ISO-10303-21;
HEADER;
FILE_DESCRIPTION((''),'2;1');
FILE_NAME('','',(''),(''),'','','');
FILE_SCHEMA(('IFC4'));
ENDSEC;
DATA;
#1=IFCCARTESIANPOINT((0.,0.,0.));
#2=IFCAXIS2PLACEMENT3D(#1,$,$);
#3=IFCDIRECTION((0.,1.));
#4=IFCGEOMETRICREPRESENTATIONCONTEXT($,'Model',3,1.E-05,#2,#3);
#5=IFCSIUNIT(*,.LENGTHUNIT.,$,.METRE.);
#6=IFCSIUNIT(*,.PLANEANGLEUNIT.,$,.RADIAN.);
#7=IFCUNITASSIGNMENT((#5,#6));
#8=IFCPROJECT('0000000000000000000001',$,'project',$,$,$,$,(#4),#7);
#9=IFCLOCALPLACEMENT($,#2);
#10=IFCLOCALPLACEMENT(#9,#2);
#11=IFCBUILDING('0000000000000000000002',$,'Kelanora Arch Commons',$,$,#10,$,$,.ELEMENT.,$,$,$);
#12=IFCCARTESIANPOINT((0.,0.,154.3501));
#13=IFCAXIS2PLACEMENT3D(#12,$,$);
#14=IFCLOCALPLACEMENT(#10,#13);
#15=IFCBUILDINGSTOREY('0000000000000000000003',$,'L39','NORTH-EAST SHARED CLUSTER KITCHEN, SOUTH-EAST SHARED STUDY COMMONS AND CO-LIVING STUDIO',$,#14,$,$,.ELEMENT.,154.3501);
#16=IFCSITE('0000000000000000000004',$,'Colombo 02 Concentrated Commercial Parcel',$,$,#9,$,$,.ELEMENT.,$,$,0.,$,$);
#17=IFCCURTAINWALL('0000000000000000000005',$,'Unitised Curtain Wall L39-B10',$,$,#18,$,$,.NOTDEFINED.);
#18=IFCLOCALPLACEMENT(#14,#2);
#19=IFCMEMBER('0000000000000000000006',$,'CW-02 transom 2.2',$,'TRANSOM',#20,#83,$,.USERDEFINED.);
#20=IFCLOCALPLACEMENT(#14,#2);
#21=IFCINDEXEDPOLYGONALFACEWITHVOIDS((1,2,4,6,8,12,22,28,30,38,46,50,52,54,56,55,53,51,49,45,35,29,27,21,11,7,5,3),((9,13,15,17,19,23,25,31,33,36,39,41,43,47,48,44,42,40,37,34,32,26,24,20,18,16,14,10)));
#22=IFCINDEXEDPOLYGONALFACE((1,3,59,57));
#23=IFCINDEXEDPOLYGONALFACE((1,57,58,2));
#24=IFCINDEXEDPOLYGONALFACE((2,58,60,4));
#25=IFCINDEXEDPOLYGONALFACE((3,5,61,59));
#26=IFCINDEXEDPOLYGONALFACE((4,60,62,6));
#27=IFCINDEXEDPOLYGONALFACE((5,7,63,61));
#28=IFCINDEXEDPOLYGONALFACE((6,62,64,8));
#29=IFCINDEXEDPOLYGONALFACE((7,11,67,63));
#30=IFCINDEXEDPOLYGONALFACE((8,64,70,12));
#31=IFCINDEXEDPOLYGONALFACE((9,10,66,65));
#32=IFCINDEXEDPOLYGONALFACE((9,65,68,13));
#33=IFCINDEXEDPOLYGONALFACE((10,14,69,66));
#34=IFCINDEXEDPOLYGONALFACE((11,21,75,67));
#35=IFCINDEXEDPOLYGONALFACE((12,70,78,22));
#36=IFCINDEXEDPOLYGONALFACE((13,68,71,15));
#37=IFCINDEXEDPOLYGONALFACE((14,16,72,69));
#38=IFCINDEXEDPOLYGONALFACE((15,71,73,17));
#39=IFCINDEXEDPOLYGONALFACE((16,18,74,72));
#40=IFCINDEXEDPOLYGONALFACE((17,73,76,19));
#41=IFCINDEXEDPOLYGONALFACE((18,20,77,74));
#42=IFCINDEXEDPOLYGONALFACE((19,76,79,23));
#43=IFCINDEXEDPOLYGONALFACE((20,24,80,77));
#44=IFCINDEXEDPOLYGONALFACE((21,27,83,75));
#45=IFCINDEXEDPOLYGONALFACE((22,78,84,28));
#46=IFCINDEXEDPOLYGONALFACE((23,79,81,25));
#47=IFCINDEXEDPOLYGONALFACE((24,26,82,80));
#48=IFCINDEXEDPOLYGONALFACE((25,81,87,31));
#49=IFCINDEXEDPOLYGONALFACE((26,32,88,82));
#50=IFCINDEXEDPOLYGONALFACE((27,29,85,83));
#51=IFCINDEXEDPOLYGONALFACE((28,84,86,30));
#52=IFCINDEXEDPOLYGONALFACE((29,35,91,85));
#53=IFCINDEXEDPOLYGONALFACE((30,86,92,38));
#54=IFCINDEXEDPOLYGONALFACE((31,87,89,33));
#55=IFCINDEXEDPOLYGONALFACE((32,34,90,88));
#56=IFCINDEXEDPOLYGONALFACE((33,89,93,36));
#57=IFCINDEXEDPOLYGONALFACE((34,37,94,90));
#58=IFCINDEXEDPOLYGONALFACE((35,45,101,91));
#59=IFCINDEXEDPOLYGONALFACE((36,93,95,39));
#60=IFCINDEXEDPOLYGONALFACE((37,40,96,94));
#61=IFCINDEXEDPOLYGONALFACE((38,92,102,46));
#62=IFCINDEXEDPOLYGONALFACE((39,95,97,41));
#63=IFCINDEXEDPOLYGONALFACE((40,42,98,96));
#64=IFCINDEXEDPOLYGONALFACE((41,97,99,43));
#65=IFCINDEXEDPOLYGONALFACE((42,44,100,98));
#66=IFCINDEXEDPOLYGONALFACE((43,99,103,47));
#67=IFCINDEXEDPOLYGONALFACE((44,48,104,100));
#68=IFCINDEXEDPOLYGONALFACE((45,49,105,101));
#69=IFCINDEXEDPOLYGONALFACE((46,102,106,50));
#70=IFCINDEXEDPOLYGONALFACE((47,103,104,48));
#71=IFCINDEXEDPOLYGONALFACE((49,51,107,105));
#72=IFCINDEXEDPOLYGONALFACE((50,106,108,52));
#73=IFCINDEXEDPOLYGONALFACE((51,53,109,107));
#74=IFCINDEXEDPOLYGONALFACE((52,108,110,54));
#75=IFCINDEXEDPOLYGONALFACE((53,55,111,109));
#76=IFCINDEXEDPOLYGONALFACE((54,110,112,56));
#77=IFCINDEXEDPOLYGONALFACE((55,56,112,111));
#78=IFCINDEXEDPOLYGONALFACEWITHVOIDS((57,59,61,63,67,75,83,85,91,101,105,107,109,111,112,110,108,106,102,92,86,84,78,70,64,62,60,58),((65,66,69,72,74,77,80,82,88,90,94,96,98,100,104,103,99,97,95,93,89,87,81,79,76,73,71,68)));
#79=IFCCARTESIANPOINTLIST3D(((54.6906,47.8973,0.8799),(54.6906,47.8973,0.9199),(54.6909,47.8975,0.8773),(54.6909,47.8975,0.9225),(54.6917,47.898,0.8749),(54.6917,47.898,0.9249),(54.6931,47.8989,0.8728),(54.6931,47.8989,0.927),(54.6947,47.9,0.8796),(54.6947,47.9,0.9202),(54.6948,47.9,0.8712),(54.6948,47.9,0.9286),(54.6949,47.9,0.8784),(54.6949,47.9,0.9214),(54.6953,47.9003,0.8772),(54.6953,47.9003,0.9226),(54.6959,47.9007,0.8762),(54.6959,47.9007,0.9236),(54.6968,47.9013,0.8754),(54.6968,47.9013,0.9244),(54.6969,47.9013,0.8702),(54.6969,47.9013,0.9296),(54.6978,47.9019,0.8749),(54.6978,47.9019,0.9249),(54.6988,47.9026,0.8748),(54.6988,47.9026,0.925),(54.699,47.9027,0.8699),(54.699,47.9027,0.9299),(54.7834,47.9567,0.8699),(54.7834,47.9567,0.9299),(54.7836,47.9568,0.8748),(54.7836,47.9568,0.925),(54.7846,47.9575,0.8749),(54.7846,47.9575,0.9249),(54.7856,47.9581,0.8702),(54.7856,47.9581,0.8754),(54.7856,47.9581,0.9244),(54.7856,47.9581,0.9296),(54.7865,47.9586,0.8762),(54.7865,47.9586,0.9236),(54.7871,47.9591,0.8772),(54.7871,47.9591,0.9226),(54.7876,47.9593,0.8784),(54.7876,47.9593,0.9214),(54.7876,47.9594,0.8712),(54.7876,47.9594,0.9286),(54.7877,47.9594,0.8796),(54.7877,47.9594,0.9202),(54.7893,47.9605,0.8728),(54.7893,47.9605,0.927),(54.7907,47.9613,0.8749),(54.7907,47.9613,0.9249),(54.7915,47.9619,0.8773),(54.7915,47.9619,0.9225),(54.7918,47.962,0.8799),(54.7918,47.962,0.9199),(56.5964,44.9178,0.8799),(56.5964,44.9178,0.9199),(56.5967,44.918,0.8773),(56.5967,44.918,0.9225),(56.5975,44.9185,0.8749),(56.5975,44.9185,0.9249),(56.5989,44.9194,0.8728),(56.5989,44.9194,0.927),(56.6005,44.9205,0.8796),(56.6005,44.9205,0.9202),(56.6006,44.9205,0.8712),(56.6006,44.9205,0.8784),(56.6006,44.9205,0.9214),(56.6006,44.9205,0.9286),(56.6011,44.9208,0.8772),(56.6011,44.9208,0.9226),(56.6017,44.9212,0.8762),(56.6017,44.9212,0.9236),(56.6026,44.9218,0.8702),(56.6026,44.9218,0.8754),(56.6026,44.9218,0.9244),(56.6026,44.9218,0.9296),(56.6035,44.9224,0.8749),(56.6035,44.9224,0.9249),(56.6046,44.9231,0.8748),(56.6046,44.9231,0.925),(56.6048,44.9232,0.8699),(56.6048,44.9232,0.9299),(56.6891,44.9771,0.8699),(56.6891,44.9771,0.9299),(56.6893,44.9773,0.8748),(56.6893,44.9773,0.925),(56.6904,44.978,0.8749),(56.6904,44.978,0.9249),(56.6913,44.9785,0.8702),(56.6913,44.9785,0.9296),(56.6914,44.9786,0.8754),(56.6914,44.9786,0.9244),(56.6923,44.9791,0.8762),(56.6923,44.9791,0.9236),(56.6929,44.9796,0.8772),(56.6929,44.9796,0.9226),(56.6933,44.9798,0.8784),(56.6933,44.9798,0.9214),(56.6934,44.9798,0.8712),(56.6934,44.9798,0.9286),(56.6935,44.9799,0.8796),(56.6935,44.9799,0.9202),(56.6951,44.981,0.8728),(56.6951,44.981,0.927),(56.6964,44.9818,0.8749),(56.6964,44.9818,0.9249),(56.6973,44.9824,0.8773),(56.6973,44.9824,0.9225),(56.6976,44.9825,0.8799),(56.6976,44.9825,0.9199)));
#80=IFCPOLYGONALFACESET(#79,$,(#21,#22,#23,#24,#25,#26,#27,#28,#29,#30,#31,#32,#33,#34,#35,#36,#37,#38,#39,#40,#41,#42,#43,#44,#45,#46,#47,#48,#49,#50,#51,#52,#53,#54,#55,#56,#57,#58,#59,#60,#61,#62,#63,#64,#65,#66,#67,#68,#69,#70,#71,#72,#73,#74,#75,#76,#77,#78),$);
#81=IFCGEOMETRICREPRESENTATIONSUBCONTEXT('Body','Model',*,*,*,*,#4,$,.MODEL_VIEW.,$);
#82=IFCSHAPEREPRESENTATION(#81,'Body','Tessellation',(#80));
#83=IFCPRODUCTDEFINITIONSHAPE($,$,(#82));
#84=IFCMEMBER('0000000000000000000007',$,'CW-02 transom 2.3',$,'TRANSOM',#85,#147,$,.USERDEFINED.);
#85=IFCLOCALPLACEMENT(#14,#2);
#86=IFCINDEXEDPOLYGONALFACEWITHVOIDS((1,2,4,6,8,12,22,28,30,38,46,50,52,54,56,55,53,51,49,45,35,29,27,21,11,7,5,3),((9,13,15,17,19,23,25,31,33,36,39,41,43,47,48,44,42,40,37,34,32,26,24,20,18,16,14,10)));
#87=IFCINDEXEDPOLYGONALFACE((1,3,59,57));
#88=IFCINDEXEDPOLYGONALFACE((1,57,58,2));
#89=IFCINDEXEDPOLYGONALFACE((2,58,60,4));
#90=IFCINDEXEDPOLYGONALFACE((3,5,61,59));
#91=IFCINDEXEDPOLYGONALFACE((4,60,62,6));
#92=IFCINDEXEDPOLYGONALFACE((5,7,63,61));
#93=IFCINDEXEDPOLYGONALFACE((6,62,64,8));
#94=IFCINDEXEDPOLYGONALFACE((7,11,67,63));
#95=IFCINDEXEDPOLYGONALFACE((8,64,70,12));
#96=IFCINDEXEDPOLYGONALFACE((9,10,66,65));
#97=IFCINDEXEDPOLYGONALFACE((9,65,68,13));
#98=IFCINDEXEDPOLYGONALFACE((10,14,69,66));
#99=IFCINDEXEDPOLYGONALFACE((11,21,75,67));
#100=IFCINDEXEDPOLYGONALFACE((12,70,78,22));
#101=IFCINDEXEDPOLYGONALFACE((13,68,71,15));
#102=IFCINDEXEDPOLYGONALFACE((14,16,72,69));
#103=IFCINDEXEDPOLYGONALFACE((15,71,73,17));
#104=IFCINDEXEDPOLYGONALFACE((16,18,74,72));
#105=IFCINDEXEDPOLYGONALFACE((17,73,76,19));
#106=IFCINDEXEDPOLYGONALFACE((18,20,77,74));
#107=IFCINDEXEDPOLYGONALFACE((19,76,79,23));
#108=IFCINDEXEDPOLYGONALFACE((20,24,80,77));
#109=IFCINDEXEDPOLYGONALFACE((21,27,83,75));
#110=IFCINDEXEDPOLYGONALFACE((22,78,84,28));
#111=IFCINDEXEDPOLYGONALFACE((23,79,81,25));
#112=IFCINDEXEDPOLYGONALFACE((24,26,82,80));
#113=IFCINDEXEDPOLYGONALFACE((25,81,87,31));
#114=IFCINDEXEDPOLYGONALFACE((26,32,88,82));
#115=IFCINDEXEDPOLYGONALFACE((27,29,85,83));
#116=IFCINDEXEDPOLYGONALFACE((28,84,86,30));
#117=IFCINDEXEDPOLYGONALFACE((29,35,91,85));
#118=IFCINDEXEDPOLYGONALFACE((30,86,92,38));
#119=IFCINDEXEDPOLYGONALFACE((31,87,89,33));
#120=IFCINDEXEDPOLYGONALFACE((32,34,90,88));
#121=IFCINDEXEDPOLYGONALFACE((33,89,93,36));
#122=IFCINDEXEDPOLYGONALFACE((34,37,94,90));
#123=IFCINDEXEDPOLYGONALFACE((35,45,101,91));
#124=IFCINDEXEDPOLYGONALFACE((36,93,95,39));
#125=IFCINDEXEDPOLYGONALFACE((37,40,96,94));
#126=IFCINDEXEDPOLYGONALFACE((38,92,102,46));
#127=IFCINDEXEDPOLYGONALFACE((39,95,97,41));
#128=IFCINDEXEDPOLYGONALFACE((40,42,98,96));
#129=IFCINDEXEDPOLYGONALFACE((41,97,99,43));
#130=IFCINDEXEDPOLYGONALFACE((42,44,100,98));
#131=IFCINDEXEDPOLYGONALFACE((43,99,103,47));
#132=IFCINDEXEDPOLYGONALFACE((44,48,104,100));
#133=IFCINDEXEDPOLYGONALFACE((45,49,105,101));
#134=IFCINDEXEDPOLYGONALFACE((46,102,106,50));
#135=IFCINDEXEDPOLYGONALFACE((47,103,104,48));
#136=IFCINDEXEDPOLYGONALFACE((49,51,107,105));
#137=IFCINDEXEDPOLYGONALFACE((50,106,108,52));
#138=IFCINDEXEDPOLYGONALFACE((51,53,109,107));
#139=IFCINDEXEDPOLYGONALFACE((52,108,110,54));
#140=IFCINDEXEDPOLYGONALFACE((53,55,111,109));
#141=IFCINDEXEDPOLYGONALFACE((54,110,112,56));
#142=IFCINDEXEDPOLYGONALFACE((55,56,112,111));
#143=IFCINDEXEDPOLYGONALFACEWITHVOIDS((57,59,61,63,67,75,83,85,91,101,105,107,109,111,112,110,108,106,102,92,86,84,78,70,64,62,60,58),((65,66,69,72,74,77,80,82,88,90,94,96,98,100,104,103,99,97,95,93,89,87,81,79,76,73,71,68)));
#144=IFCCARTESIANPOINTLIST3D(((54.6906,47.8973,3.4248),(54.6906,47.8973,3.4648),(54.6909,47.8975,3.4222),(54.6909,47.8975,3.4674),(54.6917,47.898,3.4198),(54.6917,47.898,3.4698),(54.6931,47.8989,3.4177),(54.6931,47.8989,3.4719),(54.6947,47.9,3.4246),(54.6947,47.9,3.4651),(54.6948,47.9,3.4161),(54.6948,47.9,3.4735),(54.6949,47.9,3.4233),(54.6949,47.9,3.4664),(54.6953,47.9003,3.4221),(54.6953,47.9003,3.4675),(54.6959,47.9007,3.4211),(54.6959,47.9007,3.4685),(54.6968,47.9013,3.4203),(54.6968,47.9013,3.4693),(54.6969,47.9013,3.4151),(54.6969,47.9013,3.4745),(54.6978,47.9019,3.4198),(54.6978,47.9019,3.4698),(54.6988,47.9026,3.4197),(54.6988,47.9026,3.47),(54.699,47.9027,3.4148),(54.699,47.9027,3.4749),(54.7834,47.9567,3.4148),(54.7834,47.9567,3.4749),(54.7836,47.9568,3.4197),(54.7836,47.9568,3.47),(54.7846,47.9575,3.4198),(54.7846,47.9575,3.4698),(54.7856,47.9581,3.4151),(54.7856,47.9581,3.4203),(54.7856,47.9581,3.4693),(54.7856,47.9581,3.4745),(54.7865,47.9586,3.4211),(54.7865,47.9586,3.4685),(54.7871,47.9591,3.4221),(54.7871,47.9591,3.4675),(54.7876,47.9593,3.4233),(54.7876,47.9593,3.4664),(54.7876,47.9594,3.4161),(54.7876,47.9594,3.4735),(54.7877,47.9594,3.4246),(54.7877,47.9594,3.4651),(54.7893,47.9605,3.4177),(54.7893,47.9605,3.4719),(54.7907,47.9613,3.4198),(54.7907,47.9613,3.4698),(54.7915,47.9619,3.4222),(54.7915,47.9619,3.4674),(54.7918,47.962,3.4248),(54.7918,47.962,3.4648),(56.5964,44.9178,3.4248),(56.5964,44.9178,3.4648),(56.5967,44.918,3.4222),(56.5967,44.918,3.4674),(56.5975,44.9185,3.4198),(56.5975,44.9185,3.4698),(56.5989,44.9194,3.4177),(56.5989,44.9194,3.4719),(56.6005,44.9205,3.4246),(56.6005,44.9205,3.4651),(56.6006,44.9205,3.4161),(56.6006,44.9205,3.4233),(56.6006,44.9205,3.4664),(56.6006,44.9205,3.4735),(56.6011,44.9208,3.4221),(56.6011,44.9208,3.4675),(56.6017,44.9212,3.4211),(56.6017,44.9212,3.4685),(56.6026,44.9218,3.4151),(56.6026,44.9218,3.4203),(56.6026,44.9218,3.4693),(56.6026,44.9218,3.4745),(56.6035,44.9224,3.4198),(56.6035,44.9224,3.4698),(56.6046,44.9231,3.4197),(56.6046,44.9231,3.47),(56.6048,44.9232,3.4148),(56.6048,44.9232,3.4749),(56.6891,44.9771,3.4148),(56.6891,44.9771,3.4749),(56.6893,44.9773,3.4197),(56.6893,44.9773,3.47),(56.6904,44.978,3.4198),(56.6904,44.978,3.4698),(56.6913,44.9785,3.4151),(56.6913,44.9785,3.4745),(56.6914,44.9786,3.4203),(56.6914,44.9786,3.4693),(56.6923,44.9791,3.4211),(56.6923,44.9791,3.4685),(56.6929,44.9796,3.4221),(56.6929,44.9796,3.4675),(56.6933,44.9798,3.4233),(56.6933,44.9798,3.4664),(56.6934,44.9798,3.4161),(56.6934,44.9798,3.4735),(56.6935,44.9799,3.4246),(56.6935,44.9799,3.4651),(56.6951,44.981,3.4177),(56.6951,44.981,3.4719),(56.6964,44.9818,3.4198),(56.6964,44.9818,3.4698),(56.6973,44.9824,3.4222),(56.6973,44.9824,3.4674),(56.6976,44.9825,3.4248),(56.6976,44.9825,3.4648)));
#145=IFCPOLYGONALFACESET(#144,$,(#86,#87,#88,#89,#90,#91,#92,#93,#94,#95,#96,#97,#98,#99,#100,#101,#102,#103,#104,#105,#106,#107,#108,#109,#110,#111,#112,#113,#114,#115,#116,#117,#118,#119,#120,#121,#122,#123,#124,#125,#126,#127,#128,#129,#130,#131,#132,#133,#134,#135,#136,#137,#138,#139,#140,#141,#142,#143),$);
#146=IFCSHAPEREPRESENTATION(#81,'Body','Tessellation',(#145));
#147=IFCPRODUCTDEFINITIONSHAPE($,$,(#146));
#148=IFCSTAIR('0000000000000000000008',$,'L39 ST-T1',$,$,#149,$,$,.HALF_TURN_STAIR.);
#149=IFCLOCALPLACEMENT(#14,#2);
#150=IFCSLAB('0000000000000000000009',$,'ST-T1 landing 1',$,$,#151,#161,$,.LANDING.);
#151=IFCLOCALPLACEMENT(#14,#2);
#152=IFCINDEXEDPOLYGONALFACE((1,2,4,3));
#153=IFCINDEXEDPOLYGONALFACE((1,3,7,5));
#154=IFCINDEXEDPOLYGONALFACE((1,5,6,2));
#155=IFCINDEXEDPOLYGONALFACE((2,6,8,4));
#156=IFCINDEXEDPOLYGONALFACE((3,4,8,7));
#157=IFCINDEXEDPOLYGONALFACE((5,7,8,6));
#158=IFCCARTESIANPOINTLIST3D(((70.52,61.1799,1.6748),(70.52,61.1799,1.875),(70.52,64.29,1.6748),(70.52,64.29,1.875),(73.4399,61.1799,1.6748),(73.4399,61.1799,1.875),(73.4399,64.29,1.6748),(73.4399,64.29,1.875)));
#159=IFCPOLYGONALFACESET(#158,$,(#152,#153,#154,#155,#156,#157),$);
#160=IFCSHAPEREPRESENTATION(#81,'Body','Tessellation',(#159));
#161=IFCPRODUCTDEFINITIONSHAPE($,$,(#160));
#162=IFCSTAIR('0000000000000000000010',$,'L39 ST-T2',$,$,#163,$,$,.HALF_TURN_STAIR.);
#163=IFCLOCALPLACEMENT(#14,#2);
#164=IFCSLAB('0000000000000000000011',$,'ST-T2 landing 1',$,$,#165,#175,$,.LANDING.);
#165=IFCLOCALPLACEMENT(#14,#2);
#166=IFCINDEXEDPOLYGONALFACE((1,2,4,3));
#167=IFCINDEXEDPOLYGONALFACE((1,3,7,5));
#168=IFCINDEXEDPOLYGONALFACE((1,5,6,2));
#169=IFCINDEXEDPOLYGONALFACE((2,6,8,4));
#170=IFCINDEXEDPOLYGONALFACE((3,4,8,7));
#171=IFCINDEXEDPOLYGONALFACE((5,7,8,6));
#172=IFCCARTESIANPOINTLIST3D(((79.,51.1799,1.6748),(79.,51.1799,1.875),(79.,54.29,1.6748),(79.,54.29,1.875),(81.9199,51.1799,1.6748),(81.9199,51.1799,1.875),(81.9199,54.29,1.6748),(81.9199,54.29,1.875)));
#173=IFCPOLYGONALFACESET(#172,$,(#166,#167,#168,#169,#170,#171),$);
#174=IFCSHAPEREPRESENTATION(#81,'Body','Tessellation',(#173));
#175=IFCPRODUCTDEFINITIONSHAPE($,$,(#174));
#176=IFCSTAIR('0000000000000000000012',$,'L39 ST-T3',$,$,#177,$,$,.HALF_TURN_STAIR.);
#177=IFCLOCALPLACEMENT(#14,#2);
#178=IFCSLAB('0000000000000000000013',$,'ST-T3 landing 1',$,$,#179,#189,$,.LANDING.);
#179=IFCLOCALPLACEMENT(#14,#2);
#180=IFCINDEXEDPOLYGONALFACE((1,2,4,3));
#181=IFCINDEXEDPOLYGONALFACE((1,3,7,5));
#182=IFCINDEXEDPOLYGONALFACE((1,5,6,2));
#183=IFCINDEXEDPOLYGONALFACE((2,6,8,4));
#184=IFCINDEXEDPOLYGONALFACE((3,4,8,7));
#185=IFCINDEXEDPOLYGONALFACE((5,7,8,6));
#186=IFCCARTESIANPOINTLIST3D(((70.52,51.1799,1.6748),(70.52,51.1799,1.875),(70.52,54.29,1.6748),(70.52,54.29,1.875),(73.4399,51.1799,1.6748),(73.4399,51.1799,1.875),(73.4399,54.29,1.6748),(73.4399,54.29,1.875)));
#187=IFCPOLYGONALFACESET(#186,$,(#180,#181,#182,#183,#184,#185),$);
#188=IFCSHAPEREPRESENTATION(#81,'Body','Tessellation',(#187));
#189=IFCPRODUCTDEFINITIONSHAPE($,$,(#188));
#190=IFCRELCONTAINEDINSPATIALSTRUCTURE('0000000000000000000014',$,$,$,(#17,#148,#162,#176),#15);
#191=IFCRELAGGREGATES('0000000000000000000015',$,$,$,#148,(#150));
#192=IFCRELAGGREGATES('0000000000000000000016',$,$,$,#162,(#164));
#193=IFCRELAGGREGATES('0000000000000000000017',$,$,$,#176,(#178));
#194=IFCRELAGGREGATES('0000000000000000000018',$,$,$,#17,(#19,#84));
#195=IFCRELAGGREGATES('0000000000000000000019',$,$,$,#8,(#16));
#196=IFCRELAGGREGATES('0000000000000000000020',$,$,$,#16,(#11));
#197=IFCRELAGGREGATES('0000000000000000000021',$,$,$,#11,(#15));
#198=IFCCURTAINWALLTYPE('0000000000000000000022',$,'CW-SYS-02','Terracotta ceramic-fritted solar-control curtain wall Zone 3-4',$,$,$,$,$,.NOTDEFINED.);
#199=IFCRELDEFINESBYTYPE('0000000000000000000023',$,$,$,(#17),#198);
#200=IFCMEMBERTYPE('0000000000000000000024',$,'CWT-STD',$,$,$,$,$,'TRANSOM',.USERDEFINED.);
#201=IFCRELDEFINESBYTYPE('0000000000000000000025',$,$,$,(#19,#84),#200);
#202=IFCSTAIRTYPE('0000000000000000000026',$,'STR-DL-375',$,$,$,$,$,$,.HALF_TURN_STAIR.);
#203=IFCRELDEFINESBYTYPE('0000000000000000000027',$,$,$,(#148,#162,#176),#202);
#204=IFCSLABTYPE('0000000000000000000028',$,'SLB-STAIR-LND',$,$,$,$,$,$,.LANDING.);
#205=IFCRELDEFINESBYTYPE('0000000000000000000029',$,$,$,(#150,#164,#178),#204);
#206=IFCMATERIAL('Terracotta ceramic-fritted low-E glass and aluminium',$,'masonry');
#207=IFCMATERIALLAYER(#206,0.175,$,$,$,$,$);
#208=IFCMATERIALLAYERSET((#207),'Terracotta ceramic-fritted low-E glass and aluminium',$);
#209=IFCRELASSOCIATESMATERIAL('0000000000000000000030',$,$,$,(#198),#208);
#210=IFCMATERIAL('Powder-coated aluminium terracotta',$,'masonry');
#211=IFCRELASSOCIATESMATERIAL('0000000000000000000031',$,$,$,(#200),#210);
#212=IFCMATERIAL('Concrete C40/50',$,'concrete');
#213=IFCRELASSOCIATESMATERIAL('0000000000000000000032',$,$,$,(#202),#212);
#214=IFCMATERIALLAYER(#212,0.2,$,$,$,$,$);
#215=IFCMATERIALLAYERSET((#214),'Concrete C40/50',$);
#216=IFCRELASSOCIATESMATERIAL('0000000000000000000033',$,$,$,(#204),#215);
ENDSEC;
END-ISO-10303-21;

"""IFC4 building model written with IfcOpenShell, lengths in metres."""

from ifc_helpers import new_model, si_unit, direction, frame, origin, origin_2d, place, context, subcontext, project, spatial, polyline, hollow_rectangle, outline, extrude, material, layer, layer_set, material_profile, profile_set, type_object, element, aggregate, save


model = new_model("IFC4")

# Units and contexts
model_context = context("Model", 3, precision=1e-05, world=origin(), true_north=direction((0.0, 1.0)))
body_context = subcontext(model_context, "Body", "Model", "MODEL_VIEW")
ifc_project = project(units=[si_unit("LENGTHUNIT", "METRE"), si_unit("PLANEANGLEUNIT", "RADIAN")], contexts=[model_context])

# Site, building, storey
site_placement = place(None, origin())
site = spatial("IfcSite", under=ifc_project, at=site_placement, Name="Colombo 02 Concentrated Commercial Parcel", CompositionType="ELEMENT", RefElevation=0.0)
building_placement = place(site_placement, origin())
building = spatial("IfcBuilding", under=site, at=building_placement, Name="Kelanora Arch Commons", CompositionType="ELEMENT")
storey_placement = place(building_placement, frame((0.0, 0.0, 154.3501)))
storey = spatial("IfcBuildingStorey", under=building, at=storey_placement, Name="L39", Description="NORTH-EAST SHARED CLUSTER KITCHEN, SOUTH-EAST SHARED STUDY COMMONS AND CO-LIVING STUDIO", CompositionType="ELEMENT", Elevation=154.3501)

# Curtain wall, members
ifc_material_1 = material(Name="Terracotta ceramic-fritted low-E glass and aluminium", Category="masonry")
ifc_layer_1 = layer(ifc_material_1, 0.175)
ifc_layer_set_1 = layer_set([ifc_layer_1], Name="Terracotta ceramic-fritted low-E glass and aluminium")
curtain_wall_type = type_object("IfcCurtainWallType", Name="CW-SYS-02", Description="Terracotta ceramic-fritted solar-control curtain wall Zone 3-4", PredefinedType="NOTDEFINED", material=ifc_layer_set_1)
curtain_wall_placement = place(storey_placement, origin())
curtain_wall = element("IfcCurtainWall", 1, at=curtain_wall_placement, inside=storey, type_object=curtain_wall_type, Name="Unitised Curtain Wall L39-B10", PredefinedType="NOTDEFINED")
ifc_material_2 = material(Name="Powder-coated aluminium terracotta", Category="masonry")
ifc_material_profile_1 = material_profile(ifc_material_2, hollow_rectangle(XDim=0.1201, YDim=0.0601, WallThickness=0.0049, InnerFilletRadius=0.0049, OuterFilletRadius=0.01, at=origin_2d()), Name="CWT120x60")
ifc_profile_set_1 = profile_set([ifc_material_profile_1], Name="Powder-coated aluminium terracotta")
member_type_1 = type_object("IfcMemberType", Name="CWT-STD", ElementType="TRANSOM", PredefinedType="USERDEFINED", material=ifc_profile_set_1)
member_1_placement = place(storey_placement, frame((54.7412, 47.9297, 0.8999), z_axis=(0.53883, -0.842414, 0.0), x_axis=(0.842414, 0.53883, 0.0)))
member_1 = element("IfcMember", 2, at=member_1_placement, type_object=member_type_1, Name="CW-02 transom 2.2", ObjectType="TRANSOM", PredefinedType="USERDEFINED", context=body_context, shape_type="SweptSolid", body=[
    extrude(hollow_rectangle(XDim=0.1201, YDim=0.0601, WallThickness=0.0049, InnerFilletRadius=0.0049, OuterFilletRadius=0.01, at=origin_2d()), origin(), (0.0, 0.0, 1.0), 3.5369),
])
member_2_placement = place(storey_placement, frame((54.7412, 47.9297, 3.4448), z_axis=(0.53883, -0.842414, 0.0), x_axis=(0.842414, 0.53883, 0.0)))
member_2 = element("IfcMember", 3, at=member_2_placement, type_object=member_type_1, Name="CW-02 transom 2.3", ObjectType="TRANSOM", PredefinedType="USERDEFINED", context=body_context, shape_type="SweptSolid", body=[
    extrude(hollow_rectangle(XDim=0.1201, YDim=0.0601, WallThickness=0.0049, InnerFilletRadius=0.0049, OuterFilletRadius=0.01, at=origin_2d()), origin(), (0.0, 0.0, 1.0), 3.5369),
])

# Stairs, slabs
ifc_material_3 = material(Name="Concrete C40/50", Category="concrete")
stair_type = type_object("IfcStairType", Name="STR-DL-375", PredefinedType="HALF_TURN_STAIR", material=ifc_material_3)
stair_1_placement = place(storey_placement, origin())
stair_1 = element("IfcStair", 4, at=stair_1_placement, inside=storey, type_object=stair_type, Name="L39 ST-T1", PredefinedType="HALF_TURN_STAIR")
ifc_layer_2 = layer(ifc_material_3, 0.2)
ifc_layer_set_2 = layer_set([ifc_layer_2], Name="Concrete C40/50")
slab_type_1 = type_object("IfcSlabType", Name="SLB-STAIR-LND", PredefinedType="LANDING", material=ifc_layer_set_2)
slab_1_placement = place(storey_placement, frame((0.0, 0.0, 1.6748)))
slab_1 = element("IfcSlab", 5, at=slab_1_placement, type_object=slab_type_1, Name="ST-T1 landing 1", PredefinedType="LANDING", context=body_context, shape_type="SweptSolid", body=[
    extrude(outline(polyline([(70.52, 61.1799), (73.4399, 61.1799), (73.4399, 64.29), (70.52, 64.29), (70.52, 61.1799)])), origin(), (0.0, 0.0, 1.0), 0.2002),
])
aggregate(stair_1, [slab_1])
stair_2_placement = place(storey_placement, origin())
stair_2 = element("IfcStair", 6, at=stair_2_placement, inside=storey, type_object=stair_type, Name="L39 ST-T2", PredefinedType="HALF_TURN_STAIR")
slab_2_placement = place(storey_placement, frame((0.0, 0.0, 1.6748)))
slab_2 = element("IfcSlab", 7, at=slab_2_placement, type_object=slab_type_1, Name="ST-T2 landing 1", PredefinedType="LANDING", context=body_context, shape_type="SweptSolid", body=[
    extrude(outline(polyline([(79.0, 51.1799), (81.9199, 51.1799), (81.9199, 54.29), (79.0, 54.29), (79.0, 51.1799)])), origin(), (0.0, 0.0, 1.0), 0.2002),
])
aggregate(stair_2, [slab_2])
stair_3_placement = place(storey_placement, origin())
stair_3 = element("IfcStair", 8, at=stair_3_placement, inside=storey, type_object=stair_type, Name="L39 ST-T3", PredefinedType="HALF_TURN_STAIR")
slab_3_placement = place(storey_placement, frame((0.0, 0.0, 1.6748)))
slab_3 = element("IfcSlab", 9, at=slab_3_placement, type_object=slab_type_1, Name="ST-T3 landing 1", PredefinedType="LANDING", context=body_context, shape_type="SweptSolid", body=[
    extrude(outline(polyline([(70.52, 51.1799), (73.4399, 51.1799), (73.4399, 54.29), (70.52, 54.29), (70.52, 51.1799)])), origin(), (0.0, 0.0, 1.0), 0.2002),
])
aggregate(stair_3, [slab_3])

aggregate(curtain_wall, [member_1, member_2])

save(model, "model.ifc")
